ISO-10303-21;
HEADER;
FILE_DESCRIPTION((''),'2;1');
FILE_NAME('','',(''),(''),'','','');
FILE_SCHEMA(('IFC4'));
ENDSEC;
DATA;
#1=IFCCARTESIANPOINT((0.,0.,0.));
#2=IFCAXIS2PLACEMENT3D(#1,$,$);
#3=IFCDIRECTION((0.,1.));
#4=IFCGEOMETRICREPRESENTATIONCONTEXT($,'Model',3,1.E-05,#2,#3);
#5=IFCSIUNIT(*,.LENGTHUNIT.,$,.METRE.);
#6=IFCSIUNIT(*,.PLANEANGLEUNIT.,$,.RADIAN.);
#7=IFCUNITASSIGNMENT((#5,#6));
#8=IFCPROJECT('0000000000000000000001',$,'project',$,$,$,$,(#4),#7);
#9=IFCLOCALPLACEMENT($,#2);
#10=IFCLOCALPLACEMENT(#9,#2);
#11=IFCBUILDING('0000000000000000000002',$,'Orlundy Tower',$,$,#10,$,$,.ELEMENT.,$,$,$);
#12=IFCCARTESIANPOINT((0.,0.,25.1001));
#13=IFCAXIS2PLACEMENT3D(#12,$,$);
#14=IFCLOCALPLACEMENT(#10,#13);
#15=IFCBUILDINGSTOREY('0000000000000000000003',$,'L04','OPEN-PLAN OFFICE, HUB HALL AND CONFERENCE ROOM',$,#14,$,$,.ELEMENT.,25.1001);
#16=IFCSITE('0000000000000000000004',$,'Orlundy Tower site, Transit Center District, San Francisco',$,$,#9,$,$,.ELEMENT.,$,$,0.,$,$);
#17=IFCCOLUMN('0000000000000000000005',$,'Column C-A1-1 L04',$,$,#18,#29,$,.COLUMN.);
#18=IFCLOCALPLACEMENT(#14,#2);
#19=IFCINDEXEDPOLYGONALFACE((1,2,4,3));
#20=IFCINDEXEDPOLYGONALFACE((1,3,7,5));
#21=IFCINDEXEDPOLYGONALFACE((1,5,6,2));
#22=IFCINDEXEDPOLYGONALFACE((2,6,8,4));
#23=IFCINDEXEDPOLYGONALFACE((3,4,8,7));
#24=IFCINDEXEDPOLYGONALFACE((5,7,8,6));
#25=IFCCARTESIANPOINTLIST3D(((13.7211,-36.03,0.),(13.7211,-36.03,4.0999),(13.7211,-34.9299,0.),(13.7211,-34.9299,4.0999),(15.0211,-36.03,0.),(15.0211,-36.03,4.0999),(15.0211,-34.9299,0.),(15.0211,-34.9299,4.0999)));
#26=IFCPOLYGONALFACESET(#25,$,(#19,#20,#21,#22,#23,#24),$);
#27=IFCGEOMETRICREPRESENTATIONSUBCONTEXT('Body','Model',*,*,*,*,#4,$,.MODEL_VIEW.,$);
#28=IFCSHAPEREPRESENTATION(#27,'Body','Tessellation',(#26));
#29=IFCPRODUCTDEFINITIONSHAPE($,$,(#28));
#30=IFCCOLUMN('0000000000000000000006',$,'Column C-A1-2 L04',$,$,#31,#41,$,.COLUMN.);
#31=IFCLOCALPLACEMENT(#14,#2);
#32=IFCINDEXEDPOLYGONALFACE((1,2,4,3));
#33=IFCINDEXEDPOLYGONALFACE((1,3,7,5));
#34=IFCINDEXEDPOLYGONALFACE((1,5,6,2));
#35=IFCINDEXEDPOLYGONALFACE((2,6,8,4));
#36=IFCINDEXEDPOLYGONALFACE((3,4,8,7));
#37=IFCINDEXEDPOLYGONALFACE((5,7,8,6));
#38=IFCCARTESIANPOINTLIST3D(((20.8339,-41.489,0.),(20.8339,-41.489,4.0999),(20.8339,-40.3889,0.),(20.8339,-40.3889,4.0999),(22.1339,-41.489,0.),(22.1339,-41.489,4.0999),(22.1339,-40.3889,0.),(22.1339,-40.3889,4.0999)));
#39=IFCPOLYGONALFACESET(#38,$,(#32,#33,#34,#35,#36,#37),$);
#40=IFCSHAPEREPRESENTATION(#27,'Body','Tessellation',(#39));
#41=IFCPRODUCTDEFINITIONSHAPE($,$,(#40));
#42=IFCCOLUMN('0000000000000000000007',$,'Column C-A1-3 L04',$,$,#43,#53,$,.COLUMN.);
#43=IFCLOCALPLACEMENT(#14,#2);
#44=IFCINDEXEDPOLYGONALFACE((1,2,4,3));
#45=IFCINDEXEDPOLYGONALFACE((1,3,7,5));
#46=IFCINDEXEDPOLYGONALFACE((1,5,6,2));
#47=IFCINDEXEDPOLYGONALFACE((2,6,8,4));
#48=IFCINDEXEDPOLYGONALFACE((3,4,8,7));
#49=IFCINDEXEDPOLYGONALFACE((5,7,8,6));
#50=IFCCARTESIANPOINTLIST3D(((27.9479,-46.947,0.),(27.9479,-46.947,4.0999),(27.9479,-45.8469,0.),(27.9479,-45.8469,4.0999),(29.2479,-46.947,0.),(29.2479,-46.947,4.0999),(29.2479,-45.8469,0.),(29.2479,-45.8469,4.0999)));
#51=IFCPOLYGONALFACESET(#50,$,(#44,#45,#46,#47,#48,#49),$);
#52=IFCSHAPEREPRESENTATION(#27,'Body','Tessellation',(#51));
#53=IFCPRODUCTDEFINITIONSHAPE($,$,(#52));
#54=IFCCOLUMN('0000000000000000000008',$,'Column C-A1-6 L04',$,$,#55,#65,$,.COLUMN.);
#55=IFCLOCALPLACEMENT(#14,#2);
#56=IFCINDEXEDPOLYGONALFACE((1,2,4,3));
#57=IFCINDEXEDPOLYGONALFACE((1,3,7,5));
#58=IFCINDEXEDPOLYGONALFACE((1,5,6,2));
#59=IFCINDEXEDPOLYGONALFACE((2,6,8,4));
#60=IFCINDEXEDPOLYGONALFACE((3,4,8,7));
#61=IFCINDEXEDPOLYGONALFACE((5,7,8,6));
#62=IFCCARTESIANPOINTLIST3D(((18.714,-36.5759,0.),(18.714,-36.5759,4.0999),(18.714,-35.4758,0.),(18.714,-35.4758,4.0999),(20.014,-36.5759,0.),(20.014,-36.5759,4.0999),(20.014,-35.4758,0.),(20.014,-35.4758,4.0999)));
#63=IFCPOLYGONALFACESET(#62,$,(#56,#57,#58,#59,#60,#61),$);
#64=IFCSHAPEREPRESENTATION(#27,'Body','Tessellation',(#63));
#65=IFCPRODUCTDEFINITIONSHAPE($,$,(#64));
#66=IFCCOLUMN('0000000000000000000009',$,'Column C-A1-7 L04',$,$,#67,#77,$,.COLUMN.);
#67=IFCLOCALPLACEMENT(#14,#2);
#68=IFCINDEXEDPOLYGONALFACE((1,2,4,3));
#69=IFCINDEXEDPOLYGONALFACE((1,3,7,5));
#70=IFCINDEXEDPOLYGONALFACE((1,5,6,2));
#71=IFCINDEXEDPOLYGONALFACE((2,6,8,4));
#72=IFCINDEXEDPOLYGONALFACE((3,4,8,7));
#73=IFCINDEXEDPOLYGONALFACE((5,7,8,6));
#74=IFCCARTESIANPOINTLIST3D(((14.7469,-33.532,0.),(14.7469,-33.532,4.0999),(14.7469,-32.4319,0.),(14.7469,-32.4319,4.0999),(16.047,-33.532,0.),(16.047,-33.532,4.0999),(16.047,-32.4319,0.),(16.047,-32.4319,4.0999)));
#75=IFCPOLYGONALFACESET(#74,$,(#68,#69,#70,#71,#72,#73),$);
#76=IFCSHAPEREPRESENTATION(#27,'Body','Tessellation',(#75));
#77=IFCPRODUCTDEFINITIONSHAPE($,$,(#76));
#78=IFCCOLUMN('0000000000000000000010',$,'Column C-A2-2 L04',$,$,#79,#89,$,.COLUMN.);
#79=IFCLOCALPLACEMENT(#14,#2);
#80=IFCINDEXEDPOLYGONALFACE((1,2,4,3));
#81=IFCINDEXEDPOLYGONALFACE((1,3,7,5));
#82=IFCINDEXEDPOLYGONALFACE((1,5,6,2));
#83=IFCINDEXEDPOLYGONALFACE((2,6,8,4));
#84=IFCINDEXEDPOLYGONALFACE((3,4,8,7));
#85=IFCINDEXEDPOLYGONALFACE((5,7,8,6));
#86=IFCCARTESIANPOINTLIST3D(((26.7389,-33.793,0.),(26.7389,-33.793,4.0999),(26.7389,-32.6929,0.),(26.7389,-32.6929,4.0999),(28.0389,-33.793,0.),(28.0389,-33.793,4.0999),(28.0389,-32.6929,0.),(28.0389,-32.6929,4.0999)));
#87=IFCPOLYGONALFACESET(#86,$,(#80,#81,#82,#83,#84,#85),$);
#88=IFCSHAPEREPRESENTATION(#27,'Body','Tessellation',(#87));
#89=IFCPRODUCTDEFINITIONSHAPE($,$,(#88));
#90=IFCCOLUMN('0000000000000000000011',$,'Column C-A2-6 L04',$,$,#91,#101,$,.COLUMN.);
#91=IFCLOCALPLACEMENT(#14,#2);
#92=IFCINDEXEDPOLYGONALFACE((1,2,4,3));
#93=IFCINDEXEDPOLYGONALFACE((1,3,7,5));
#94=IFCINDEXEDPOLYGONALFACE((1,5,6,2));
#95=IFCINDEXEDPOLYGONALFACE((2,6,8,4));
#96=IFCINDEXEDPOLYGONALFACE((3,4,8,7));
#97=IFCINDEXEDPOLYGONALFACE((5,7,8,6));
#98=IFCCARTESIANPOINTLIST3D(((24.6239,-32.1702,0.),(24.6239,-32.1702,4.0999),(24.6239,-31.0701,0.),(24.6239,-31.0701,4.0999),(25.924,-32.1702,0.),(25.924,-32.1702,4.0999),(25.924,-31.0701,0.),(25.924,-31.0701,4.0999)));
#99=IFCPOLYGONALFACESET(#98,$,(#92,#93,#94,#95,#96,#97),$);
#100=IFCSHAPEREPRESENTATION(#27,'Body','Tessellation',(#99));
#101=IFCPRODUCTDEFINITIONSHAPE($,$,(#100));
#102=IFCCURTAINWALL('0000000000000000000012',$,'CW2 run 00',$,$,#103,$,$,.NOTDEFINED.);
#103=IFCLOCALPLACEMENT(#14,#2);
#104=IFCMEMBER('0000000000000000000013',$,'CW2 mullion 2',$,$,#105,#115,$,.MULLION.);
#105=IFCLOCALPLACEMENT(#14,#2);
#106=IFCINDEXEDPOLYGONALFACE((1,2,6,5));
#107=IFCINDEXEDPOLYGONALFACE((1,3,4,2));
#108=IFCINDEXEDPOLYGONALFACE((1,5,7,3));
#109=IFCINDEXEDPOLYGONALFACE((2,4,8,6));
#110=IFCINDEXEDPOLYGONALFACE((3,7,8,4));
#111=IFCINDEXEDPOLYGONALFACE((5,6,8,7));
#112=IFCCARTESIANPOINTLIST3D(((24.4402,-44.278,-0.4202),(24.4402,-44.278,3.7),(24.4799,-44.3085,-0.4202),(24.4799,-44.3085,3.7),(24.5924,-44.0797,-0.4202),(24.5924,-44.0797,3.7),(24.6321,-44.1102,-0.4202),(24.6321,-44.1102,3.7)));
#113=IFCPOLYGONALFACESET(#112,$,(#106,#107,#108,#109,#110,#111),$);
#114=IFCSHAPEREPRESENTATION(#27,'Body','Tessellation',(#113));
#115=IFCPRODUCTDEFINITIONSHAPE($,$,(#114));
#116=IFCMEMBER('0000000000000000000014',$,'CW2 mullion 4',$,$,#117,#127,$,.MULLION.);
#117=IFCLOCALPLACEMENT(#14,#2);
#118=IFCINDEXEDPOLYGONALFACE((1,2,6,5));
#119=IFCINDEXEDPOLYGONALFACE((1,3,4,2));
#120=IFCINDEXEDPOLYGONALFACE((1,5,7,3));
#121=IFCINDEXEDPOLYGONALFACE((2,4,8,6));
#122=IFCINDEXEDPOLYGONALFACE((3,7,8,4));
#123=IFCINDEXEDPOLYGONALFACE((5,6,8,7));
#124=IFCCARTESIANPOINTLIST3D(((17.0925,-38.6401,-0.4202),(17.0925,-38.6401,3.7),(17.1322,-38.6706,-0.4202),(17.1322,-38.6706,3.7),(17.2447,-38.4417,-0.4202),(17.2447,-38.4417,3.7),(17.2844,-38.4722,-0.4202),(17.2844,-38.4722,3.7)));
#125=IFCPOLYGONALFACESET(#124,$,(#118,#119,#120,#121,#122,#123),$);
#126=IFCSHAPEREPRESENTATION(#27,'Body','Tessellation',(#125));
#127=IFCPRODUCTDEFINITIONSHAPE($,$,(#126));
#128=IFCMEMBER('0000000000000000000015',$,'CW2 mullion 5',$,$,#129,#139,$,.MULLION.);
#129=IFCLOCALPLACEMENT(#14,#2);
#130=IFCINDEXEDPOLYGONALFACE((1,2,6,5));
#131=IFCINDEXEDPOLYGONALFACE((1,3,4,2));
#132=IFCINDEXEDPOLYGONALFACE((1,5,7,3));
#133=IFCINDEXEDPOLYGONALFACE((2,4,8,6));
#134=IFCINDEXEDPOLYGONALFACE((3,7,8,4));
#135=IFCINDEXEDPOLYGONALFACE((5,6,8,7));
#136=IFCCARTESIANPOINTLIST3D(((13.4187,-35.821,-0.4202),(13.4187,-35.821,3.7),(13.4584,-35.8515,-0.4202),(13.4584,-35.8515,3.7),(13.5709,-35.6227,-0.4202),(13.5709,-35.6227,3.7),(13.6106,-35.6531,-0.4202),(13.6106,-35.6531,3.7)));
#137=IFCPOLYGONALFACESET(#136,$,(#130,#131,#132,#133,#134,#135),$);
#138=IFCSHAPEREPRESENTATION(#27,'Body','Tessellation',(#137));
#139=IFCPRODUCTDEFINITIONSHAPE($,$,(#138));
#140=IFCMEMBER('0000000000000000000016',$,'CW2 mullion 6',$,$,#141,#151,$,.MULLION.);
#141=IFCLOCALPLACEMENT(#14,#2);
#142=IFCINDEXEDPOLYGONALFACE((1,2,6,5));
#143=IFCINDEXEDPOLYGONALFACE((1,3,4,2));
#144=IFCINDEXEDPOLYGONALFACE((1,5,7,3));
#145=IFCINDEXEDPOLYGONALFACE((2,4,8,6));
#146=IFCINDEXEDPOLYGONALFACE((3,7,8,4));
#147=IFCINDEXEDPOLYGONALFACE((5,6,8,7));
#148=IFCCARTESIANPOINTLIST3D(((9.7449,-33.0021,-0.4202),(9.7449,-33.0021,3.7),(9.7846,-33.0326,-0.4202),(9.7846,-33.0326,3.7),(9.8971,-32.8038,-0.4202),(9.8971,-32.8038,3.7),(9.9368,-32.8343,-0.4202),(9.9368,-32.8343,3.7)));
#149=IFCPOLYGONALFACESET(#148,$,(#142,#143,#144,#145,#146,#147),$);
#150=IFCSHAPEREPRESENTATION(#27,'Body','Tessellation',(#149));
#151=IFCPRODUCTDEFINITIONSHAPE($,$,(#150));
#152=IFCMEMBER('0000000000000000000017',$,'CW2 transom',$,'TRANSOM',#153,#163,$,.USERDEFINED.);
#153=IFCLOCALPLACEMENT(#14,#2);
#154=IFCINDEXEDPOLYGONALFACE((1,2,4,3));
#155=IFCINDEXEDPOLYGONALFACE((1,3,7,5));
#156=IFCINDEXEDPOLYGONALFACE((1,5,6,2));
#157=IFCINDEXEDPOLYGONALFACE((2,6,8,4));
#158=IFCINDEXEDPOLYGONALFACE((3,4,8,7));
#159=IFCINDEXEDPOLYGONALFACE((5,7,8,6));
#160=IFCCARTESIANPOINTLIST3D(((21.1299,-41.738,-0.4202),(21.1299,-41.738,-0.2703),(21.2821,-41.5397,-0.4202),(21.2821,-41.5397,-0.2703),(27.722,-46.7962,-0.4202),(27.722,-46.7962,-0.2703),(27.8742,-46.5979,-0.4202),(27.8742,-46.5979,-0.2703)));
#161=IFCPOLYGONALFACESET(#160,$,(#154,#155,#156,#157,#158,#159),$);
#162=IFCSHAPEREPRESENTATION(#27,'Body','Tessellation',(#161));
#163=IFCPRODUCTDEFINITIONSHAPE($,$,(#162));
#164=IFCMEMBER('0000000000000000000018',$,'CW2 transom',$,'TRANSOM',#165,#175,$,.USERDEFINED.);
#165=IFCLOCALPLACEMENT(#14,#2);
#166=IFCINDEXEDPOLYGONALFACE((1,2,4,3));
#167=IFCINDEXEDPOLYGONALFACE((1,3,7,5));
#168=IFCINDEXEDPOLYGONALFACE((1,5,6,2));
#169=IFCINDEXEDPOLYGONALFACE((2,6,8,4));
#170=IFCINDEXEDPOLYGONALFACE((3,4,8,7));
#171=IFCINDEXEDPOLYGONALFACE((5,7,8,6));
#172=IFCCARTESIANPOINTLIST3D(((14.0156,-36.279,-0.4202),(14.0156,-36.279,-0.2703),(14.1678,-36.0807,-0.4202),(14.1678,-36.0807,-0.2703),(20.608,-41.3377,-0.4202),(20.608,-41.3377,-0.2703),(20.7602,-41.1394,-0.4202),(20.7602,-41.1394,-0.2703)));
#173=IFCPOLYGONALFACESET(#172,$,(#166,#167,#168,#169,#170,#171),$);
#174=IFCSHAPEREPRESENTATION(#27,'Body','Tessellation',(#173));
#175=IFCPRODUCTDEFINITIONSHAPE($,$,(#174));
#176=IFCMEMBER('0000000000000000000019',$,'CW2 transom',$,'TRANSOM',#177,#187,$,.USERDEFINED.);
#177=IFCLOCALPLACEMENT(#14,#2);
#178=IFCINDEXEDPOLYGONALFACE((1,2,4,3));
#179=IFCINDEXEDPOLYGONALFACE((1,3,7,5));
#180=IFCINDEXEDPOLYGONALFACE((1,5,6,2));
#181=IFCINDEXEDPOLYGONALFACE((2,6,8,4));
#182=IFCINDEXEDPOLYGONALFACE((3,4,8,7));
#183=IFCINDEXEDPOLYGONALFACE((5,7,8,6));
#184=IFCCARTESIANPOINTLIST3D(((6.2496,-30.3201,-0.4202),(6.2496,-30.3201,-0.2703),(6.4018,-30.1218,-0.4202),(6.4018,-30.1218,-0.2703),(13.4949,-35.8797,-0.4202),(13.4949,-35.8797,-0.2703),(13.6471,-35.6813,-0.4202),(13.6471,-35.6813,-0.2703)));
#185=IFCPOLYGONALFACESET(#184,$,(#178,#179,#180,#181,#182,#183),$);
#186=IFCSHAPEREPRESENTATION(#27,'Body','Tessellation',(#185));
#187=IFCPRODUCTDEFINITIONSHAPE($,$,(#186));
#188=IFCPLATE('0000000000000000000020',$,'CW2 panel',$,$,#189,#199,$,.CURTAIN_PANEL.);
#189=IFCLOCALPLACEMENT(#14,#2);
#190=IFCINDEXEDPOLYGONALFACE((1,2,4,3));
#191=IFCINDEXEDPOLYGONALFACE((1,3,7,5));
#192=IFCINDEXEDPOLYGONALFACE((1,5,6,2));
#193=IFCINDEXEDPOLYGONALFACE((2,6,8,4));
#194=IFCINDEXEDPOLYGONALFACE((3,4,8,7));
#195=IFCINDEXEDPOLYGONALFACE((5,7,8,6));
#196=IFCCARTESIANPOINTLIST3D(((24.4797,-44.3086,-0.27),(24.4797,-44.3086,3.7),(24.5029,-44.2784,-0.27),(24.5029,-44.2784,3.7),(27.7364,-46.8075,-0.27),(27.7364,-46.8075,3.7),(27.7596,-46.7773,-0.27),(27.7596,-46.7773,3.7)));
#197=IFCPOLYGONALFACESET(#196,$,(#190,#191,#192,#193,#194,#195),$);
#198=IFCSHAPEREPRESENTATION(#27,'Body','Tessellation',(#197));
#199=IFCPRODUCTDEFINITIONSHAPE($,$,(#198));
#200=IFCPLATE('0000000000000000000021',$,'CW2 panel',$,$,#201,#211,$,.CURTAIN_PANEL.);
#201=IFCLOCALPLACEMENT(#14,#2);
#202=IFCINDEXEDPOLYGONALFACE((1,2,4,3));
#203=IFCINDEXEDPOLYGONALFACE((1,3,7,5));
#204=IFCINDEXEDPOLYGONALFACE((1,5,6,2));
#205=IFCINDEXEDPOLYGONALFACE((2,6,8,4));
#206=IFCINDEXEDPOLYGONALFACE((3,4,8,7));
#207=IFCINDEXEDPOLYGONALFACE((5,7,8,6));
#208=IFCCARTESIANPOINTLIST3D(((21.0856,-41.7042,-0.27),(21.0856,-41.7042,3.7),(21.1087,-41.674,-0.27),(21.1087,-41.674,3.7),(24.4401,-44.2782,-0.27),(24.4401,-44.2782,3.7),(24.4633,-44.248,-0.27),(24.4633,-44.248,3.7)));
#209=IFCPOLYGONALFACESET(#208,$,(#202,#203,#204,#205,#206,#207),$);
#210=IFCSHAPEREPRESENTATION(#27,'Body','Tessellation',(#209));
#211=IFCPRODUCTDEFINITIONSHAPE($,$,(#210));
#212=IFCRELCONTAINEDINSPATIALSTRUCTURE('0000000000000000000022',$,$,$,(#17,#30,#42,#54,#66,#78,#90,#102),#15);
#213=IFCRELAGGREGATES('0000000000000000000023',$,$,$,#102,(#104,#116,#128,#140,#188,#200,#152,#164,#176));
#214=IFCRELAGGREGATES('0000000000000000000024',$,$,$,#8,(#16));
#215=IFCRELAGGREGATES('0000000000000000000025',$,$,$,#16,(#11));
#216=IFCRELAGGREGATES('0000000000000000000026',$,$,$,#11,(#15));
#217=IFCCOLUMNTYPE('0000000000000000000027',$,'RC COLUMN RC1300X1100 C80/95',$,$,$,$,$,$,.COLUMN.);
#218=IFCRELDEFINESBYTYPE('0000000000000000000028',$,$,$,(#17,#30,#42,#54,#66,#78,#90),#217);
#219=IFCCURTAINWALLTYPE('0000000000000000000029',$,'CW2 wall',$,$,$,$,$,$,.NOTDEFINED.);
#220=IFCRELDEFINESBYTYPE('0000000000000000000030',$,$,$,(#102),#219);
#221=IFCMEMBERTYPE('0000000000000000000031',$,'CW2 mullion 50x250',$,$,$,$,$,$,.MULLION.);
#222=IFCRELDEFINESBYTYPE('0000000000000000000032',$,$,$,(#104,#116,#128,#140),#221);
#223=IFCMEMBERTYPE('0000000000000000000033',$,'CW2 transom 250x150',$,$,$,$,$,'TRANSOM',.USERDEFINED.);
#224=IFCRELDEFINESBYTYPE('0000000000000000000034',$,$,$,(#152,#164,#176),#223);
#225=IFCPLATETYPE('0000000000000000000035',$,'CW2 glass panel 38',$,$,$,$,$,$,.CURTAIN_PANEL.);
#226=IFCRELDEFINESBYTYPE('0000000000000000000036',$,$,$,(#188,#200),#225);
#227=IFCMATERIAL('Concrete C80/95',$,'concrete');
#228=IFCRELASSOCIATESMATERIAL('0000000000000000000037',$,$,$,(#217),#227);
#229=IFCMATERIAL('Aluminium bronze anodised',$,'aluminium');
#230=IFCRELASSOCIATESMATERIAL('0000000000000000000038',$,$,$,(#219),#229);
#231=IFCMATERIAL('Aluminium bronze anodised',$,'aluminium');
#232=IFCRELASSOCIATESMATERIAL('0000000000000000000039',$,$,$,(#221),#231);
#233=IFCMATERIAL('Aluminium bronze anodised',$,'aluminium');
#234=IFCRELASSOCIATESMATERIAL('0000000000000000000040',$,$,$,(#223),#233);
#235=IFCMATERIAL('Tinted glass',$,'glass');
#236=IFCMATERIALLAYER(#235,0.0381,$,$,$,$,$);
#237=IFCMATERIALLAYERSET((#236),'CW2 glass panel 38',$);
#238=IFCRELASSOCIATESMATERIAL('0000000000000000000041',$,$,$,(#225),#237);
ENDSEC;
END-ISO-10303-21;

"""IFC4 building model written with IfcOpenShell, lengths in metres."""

from ifc_helpers import new_model, si_unit, direction, frame, origin, origin_2d, place, context, subcontext, project, spatial, rectangle, extrude, material, layer, layer_set, material_profile, profile_set, type_object, element, aggregate, save


model = new_model("IFC4")

# Units and contexts
model_context = context("Model", 3, precision=1e-05, world=origin(), true_north=direction((0.0, 1.0)))
body_context = subcontext(model_context, "Body", "Model", "MODEL_VIEW")
ifc_project = project(units=[si_unit("LENGTHUNIT", "METRE"), si_unit("PLANEANGLEUNIT", "RADIAN")], contexts=[model_context])

# Site, building, storey
site_placement = place(None, origin())
site = spatial("IfcSite", under=ifc_project, at=site_placement, Name="Orlundy Tower site, Transit Center District, San Francisco", CompositionType="ELEMENT", RefElevation=0.0)
building_placement = place(site_placement, origin())
building = spatial("IfcBuilding", under=site, at=building_placement, Name="Orlundy Tower", CompositionType="ELEMENT")
storey_placement = place(building_placement, frame((0.0, 0.0, 25.1001)))
storey = spatial("IfcBuildingStorey", under=building, at=storey_placement, Name="L04", Description="OPEN-PLAN OFFICE, HUB HALL AND CONFERENCE ROOM", CompositionType="ELEMENT", Elevation=25.1001)

# Columns
ifc_material_1 = material(Name="Concrete C80/95", Category="concrete")
ifc_material_profile_1 = material_profile(ifc_material_1, rectangle(XDim=1.3, YDim=1.1001, at=origin_2d()), Name="RC1300X1100")
ifc_profile_set_1 = profile_set([ifc_material_profile_1], Name="Concrete C80/95")
column_type = type_object("IfcColumnType", Name="RC COLUMN RC1300X1100 C80/95", PredefinedType="COLUMN", material=ifc_profile_set_1)
for number, where, z_axis, x_axis, name in (
    (1, (14.3711, -35.48, 0.0), (0.0, 0.0, 1.0), (1.0, 0.0, 0.0), "Column C-A1-1 L04"),
    (2, (21.4839, -40.939, 0.0), (0.0, 0.0, 1.0), (1.0, 0.0, 0.0), "Column C-A1-2 L04"),
    (3, (28.5979, -46.397, 0.0), (0.0, 0.0, 1.0), (1.0, 0.0, 0.0), "Column C-A1-3 L04"),
    (4, (19.364, -36.0259, 0.0), (0.0, 0.0, 1.0), (1.0, 0.0, 0.0), "Column C-A1-6 L04"),
    (5, (15.397, -32.9819, 0.0), (0.0, 0.0, 1.0), (1.0, 0.0, 0.0), "Column C-A1-7 L04"),
    (6, (27.3889, -33.2429, 0.0), (0.0, 0.0, 1.0), (1.0, 0.0, 0.0), "Column C-A2-2 L04"),
    (7, (25.2739, -31.6201, 0.0), (0.0, 0.0, 1.0), (1.0, 0.0, 0.0), "Column C-A2-6 L04"),
):
    element("IfcColumn", number, at=place(storey_placement, frame(where, z_axis=z_axis, x_axis=x_axis)), inside=storey, type_object=column_type, Name=name, PredefinedType="COLUMN", context=body_context, shape_type="SweptSolid", body=[
        extrude(rectangle(XDim=1.3, YDim=1.1001, at=origin_2d()), origin(), (0.0, 0.0, 1.0), 4.0999),
    ])

# Curtain wall, members, plates
ifc_material_2 = material(Name="Aluminium bronze anodised", Category="aluminium")
curtain_wall_type = type_object("IfcCurtainWallType", Name="CW2 wall", PredefinedType="NOTDEFINED", material=ifc_material_2)
curtain_wall_1_placement = place(storey_placement, origin())
curtain_wall_1 = element("IfcCurtainWall", 8, at=curtain_wall_1_placement, inside=storey, type_object=curtain_wall_type, Name="CW2 run 00", PredefinedType="NOTDEFINED")
ifc_material_3 = material(Name="Aluminium bronze anodised", Category="aluminium")
ifc_material_profile_2 = material_profile(ifc_material_3, rectangle(XDim=0.25, YDim=0.05, at=origin_2d()), Name="CW2 mullion 50x250")
ifc_profile_set_2 = profile_set([ifc_material_profile_2], Name="Aluminium bronze anodised")
member_type_1 = type_object("IfcMemberType", Name="CW2 mullion 50x250", PredefinedType="MULLION", material=ifc_profile_set_2)
member_1_placement = place(storey_placement, frame((24.5361, -44.1941, -0.4202), z_axis=(0.0, 0.0, 1.0), x_axis=(-0.608757, -0.793357, 0.0)))
member_1 = element("IfcMember", 9, at=member_1_placement, type_object=member_type_1, Name="CW2 mullion 2", PredefinedType="MULLION", context=body_context, shape_type="SweptSolid", body=[
    extrude(rectangle(XDim=0.25, YDim=0.05, at=origin_2d()), origin(), (0.0, 0.0, 1.0), 4.1201),
])
member_2_placement = place(storey_placement, frame((17.1885, -38.5562, -0.4202), z_axis=(0.0, 0.0, 1.0), x_axis=(-0.608757, -0.793357, 0.0)))
member_2 = element("IfcMember", 10, at=member_2_placement, type_object=member_type_1, Name="CW2 mullion 4", PredefinedType="MULLION", context=body_context, shape_type="SweptSolid", body=[
    extrude(rectangle(XDim=0.25, YDim=0.05, at=origin_2d()), origin(), (0.0, 0.0, 1.0), 4.1201),
])
member_3_placement = place(storey_placement, frame((13.5146, -35.7371, -0.4202), z_axis=(0.0, 0.0, 1.0), x_axis=(-0.608757, -0.793357, 0.0)))
member_3 = element("IfcMember", 11, at=member_3_placement, type_object=member_type_1, Name="CW2 mullion 5", PredefinedType="MULLION", context=body_context, shape_type="SweptSolid", body=[
    extrude(rectangle(XDim=0.25, YDim=0.05, at=origin_2d()), origin(), (0.0, 0.0, 1.0), 4.1201),
])
member_4_placement = place(storey_placement, frame((9.8408, -32.9182, -0.4202), z_axis=(0.0, 0.0, 1.0), x_axis=(-0.608757, -0.793357, 0.0)))
member_4 = element("IfcMember", 12, at=member_4_placement, type_object=member_type_1, Name="CW2 mullion 6", PredefinedType="MULLION", context=body_context, shape_type="SweptSolid", body=[
    extrude(rectangle(XDim=0.25, YDim=0.05, at=origin_2d()), origin(), (0.0, 0.0, 1.0), 4.1201),
])
ifc_material_4 = material(Name="Aluminium bronze anodised", Category="aluminium")
ifc_material_profile_3 = material_profile(ifc_material_4, rectangle(XDim=0.25, YDim=0.1499, at=origin_2d()), Name="CW2 transom 250x150")
ifc_profile_set_3 = profile_set([ifc_material_profile_3], Name="Aluminium bronze anodised")
member_type_2 = type_object("IfcMemberType", Name="CW2 transom 250x150", ElementType="TRANSOM", PredefinedType="USERDEFINED", material=ifc_profile_set_3)
member_5_placement = place(storey_placement, frame((27.7981, -46.697, -0.3452), z_axis=(-0.793362, 0.60875, 0.0), x_axis=(-0.60875, -0.793362, 0.0)))
member_5 = element("IfcMember", 13, at=member_5_placement, type_object=member_type_2, Name="CW2 transom", ObjectType="TRANSOM", PredefinedType="USERDEFINED", context=body_context, shape_type="SweptSolid", body=[
    extrude(rectangle(XDim=0.25, YDim=0.1499, at=origin_2d()), origin(), (0.0, 0.0, 1.0), 8.3091),
])
member_6_placement = place(storey_placement, frame((20.6841, -41.2385, -0.3452), z_axis=(-0.793344, 0.608773, 0.0), x_axis=(-0.608773, -0.793344, 0.0)))
member_6 = element("IfcMember", 14, at=member_6_placement, type_object=member_type_2, Name="CW2 transom", ObjectType="TRANSOM", PredefinedType="USERDEFINED", context=body_context, shape_type="SweptSolid", body=[
    extrude(rectangle(XDim=0.25, YDim=0.1499, at=origin_2d()), origin(), (0.0, 0.0, 1.0), 8.3096),
])
member_7_placement = place(storey_placement, frame((13.571, -35.7805, -0.3452), z_axis=(-0.793353, 0.608762, 0.0), x_axis=(-0.608762, -0.793353, 0.0)))
member_7 = element("IfcMember", 15, at=member_7_placement, type_object=member_type_2, Name="CW2 transom", ObjectType="TRANSOM", PredefinedType="USERDEFINED", context=body_context, shape_type="SweptSolid", body=[
    extrude(rectangle(XDim=0.25, YDim=0.1499, at=origin_2d()), origin(), (0.0, 0.0, 1.0), 9.1326),
])
ifc_material_5 = material(Name="Tinted glass", Category="glass")
ifc_layer_1 = layer(ifc_material_5, 0.0381)
ifc_layer_set_1 = layer_set([ifc_layer_1], Name="CW2 glass panel 38")
plate_type = type_object("IfcPlateType", Name="CW2 glass panel 38", PredefinedType="CURTAIN_PANEL", material=ifc_layer_set_1)
plate_1_placement = place(storey_placement, frame((26.1196, -45.543, -0.27), z_axis=(0.0, 0.0, 1.0), x_axis=(-0.793357, 0.608757, 0.0)))
plate_1 = element("IfcPlate", 16, at=plate_1_placement, type_object=plate_type, Name="CW2 panel", PredefinedType="CURTAIN_PANEL", context=body_context, shape_type="SweptSolid", body=[
    extrude(rectangle(XDim=4.105, YDim=0.0381, at=origin_2d()), origin(), (0.0, 0.0, 1.0), 3.97),
])
plate_2_placement = place(storey_placement, frame((22.7744, -42.9761, -0.27), z_axis=(0.0, 0.0, 1.0), x_axis=(-0.793357, 0.608757, 0.0)))
plate_2 = element("IfcPlate", 17, at=plate_2_placement, type_object=plate_type, Name="CW2 panel", PredefinedType="CURTAIN_PANEL", context=body_context, shape_type="SweptSolid", body=[
    extrude(rectangle(XDim=4.2283, YDim=0.0381, at=origin_2d()), origin(), (0.0, 0.0, 1.0), 3.97),
])
aggregate(curtain_wall_1, [member_1, member_2, member_3, member_4, plate_1, plate_2, member_5, member_6, member_7])

save(model, "model.ifc")
